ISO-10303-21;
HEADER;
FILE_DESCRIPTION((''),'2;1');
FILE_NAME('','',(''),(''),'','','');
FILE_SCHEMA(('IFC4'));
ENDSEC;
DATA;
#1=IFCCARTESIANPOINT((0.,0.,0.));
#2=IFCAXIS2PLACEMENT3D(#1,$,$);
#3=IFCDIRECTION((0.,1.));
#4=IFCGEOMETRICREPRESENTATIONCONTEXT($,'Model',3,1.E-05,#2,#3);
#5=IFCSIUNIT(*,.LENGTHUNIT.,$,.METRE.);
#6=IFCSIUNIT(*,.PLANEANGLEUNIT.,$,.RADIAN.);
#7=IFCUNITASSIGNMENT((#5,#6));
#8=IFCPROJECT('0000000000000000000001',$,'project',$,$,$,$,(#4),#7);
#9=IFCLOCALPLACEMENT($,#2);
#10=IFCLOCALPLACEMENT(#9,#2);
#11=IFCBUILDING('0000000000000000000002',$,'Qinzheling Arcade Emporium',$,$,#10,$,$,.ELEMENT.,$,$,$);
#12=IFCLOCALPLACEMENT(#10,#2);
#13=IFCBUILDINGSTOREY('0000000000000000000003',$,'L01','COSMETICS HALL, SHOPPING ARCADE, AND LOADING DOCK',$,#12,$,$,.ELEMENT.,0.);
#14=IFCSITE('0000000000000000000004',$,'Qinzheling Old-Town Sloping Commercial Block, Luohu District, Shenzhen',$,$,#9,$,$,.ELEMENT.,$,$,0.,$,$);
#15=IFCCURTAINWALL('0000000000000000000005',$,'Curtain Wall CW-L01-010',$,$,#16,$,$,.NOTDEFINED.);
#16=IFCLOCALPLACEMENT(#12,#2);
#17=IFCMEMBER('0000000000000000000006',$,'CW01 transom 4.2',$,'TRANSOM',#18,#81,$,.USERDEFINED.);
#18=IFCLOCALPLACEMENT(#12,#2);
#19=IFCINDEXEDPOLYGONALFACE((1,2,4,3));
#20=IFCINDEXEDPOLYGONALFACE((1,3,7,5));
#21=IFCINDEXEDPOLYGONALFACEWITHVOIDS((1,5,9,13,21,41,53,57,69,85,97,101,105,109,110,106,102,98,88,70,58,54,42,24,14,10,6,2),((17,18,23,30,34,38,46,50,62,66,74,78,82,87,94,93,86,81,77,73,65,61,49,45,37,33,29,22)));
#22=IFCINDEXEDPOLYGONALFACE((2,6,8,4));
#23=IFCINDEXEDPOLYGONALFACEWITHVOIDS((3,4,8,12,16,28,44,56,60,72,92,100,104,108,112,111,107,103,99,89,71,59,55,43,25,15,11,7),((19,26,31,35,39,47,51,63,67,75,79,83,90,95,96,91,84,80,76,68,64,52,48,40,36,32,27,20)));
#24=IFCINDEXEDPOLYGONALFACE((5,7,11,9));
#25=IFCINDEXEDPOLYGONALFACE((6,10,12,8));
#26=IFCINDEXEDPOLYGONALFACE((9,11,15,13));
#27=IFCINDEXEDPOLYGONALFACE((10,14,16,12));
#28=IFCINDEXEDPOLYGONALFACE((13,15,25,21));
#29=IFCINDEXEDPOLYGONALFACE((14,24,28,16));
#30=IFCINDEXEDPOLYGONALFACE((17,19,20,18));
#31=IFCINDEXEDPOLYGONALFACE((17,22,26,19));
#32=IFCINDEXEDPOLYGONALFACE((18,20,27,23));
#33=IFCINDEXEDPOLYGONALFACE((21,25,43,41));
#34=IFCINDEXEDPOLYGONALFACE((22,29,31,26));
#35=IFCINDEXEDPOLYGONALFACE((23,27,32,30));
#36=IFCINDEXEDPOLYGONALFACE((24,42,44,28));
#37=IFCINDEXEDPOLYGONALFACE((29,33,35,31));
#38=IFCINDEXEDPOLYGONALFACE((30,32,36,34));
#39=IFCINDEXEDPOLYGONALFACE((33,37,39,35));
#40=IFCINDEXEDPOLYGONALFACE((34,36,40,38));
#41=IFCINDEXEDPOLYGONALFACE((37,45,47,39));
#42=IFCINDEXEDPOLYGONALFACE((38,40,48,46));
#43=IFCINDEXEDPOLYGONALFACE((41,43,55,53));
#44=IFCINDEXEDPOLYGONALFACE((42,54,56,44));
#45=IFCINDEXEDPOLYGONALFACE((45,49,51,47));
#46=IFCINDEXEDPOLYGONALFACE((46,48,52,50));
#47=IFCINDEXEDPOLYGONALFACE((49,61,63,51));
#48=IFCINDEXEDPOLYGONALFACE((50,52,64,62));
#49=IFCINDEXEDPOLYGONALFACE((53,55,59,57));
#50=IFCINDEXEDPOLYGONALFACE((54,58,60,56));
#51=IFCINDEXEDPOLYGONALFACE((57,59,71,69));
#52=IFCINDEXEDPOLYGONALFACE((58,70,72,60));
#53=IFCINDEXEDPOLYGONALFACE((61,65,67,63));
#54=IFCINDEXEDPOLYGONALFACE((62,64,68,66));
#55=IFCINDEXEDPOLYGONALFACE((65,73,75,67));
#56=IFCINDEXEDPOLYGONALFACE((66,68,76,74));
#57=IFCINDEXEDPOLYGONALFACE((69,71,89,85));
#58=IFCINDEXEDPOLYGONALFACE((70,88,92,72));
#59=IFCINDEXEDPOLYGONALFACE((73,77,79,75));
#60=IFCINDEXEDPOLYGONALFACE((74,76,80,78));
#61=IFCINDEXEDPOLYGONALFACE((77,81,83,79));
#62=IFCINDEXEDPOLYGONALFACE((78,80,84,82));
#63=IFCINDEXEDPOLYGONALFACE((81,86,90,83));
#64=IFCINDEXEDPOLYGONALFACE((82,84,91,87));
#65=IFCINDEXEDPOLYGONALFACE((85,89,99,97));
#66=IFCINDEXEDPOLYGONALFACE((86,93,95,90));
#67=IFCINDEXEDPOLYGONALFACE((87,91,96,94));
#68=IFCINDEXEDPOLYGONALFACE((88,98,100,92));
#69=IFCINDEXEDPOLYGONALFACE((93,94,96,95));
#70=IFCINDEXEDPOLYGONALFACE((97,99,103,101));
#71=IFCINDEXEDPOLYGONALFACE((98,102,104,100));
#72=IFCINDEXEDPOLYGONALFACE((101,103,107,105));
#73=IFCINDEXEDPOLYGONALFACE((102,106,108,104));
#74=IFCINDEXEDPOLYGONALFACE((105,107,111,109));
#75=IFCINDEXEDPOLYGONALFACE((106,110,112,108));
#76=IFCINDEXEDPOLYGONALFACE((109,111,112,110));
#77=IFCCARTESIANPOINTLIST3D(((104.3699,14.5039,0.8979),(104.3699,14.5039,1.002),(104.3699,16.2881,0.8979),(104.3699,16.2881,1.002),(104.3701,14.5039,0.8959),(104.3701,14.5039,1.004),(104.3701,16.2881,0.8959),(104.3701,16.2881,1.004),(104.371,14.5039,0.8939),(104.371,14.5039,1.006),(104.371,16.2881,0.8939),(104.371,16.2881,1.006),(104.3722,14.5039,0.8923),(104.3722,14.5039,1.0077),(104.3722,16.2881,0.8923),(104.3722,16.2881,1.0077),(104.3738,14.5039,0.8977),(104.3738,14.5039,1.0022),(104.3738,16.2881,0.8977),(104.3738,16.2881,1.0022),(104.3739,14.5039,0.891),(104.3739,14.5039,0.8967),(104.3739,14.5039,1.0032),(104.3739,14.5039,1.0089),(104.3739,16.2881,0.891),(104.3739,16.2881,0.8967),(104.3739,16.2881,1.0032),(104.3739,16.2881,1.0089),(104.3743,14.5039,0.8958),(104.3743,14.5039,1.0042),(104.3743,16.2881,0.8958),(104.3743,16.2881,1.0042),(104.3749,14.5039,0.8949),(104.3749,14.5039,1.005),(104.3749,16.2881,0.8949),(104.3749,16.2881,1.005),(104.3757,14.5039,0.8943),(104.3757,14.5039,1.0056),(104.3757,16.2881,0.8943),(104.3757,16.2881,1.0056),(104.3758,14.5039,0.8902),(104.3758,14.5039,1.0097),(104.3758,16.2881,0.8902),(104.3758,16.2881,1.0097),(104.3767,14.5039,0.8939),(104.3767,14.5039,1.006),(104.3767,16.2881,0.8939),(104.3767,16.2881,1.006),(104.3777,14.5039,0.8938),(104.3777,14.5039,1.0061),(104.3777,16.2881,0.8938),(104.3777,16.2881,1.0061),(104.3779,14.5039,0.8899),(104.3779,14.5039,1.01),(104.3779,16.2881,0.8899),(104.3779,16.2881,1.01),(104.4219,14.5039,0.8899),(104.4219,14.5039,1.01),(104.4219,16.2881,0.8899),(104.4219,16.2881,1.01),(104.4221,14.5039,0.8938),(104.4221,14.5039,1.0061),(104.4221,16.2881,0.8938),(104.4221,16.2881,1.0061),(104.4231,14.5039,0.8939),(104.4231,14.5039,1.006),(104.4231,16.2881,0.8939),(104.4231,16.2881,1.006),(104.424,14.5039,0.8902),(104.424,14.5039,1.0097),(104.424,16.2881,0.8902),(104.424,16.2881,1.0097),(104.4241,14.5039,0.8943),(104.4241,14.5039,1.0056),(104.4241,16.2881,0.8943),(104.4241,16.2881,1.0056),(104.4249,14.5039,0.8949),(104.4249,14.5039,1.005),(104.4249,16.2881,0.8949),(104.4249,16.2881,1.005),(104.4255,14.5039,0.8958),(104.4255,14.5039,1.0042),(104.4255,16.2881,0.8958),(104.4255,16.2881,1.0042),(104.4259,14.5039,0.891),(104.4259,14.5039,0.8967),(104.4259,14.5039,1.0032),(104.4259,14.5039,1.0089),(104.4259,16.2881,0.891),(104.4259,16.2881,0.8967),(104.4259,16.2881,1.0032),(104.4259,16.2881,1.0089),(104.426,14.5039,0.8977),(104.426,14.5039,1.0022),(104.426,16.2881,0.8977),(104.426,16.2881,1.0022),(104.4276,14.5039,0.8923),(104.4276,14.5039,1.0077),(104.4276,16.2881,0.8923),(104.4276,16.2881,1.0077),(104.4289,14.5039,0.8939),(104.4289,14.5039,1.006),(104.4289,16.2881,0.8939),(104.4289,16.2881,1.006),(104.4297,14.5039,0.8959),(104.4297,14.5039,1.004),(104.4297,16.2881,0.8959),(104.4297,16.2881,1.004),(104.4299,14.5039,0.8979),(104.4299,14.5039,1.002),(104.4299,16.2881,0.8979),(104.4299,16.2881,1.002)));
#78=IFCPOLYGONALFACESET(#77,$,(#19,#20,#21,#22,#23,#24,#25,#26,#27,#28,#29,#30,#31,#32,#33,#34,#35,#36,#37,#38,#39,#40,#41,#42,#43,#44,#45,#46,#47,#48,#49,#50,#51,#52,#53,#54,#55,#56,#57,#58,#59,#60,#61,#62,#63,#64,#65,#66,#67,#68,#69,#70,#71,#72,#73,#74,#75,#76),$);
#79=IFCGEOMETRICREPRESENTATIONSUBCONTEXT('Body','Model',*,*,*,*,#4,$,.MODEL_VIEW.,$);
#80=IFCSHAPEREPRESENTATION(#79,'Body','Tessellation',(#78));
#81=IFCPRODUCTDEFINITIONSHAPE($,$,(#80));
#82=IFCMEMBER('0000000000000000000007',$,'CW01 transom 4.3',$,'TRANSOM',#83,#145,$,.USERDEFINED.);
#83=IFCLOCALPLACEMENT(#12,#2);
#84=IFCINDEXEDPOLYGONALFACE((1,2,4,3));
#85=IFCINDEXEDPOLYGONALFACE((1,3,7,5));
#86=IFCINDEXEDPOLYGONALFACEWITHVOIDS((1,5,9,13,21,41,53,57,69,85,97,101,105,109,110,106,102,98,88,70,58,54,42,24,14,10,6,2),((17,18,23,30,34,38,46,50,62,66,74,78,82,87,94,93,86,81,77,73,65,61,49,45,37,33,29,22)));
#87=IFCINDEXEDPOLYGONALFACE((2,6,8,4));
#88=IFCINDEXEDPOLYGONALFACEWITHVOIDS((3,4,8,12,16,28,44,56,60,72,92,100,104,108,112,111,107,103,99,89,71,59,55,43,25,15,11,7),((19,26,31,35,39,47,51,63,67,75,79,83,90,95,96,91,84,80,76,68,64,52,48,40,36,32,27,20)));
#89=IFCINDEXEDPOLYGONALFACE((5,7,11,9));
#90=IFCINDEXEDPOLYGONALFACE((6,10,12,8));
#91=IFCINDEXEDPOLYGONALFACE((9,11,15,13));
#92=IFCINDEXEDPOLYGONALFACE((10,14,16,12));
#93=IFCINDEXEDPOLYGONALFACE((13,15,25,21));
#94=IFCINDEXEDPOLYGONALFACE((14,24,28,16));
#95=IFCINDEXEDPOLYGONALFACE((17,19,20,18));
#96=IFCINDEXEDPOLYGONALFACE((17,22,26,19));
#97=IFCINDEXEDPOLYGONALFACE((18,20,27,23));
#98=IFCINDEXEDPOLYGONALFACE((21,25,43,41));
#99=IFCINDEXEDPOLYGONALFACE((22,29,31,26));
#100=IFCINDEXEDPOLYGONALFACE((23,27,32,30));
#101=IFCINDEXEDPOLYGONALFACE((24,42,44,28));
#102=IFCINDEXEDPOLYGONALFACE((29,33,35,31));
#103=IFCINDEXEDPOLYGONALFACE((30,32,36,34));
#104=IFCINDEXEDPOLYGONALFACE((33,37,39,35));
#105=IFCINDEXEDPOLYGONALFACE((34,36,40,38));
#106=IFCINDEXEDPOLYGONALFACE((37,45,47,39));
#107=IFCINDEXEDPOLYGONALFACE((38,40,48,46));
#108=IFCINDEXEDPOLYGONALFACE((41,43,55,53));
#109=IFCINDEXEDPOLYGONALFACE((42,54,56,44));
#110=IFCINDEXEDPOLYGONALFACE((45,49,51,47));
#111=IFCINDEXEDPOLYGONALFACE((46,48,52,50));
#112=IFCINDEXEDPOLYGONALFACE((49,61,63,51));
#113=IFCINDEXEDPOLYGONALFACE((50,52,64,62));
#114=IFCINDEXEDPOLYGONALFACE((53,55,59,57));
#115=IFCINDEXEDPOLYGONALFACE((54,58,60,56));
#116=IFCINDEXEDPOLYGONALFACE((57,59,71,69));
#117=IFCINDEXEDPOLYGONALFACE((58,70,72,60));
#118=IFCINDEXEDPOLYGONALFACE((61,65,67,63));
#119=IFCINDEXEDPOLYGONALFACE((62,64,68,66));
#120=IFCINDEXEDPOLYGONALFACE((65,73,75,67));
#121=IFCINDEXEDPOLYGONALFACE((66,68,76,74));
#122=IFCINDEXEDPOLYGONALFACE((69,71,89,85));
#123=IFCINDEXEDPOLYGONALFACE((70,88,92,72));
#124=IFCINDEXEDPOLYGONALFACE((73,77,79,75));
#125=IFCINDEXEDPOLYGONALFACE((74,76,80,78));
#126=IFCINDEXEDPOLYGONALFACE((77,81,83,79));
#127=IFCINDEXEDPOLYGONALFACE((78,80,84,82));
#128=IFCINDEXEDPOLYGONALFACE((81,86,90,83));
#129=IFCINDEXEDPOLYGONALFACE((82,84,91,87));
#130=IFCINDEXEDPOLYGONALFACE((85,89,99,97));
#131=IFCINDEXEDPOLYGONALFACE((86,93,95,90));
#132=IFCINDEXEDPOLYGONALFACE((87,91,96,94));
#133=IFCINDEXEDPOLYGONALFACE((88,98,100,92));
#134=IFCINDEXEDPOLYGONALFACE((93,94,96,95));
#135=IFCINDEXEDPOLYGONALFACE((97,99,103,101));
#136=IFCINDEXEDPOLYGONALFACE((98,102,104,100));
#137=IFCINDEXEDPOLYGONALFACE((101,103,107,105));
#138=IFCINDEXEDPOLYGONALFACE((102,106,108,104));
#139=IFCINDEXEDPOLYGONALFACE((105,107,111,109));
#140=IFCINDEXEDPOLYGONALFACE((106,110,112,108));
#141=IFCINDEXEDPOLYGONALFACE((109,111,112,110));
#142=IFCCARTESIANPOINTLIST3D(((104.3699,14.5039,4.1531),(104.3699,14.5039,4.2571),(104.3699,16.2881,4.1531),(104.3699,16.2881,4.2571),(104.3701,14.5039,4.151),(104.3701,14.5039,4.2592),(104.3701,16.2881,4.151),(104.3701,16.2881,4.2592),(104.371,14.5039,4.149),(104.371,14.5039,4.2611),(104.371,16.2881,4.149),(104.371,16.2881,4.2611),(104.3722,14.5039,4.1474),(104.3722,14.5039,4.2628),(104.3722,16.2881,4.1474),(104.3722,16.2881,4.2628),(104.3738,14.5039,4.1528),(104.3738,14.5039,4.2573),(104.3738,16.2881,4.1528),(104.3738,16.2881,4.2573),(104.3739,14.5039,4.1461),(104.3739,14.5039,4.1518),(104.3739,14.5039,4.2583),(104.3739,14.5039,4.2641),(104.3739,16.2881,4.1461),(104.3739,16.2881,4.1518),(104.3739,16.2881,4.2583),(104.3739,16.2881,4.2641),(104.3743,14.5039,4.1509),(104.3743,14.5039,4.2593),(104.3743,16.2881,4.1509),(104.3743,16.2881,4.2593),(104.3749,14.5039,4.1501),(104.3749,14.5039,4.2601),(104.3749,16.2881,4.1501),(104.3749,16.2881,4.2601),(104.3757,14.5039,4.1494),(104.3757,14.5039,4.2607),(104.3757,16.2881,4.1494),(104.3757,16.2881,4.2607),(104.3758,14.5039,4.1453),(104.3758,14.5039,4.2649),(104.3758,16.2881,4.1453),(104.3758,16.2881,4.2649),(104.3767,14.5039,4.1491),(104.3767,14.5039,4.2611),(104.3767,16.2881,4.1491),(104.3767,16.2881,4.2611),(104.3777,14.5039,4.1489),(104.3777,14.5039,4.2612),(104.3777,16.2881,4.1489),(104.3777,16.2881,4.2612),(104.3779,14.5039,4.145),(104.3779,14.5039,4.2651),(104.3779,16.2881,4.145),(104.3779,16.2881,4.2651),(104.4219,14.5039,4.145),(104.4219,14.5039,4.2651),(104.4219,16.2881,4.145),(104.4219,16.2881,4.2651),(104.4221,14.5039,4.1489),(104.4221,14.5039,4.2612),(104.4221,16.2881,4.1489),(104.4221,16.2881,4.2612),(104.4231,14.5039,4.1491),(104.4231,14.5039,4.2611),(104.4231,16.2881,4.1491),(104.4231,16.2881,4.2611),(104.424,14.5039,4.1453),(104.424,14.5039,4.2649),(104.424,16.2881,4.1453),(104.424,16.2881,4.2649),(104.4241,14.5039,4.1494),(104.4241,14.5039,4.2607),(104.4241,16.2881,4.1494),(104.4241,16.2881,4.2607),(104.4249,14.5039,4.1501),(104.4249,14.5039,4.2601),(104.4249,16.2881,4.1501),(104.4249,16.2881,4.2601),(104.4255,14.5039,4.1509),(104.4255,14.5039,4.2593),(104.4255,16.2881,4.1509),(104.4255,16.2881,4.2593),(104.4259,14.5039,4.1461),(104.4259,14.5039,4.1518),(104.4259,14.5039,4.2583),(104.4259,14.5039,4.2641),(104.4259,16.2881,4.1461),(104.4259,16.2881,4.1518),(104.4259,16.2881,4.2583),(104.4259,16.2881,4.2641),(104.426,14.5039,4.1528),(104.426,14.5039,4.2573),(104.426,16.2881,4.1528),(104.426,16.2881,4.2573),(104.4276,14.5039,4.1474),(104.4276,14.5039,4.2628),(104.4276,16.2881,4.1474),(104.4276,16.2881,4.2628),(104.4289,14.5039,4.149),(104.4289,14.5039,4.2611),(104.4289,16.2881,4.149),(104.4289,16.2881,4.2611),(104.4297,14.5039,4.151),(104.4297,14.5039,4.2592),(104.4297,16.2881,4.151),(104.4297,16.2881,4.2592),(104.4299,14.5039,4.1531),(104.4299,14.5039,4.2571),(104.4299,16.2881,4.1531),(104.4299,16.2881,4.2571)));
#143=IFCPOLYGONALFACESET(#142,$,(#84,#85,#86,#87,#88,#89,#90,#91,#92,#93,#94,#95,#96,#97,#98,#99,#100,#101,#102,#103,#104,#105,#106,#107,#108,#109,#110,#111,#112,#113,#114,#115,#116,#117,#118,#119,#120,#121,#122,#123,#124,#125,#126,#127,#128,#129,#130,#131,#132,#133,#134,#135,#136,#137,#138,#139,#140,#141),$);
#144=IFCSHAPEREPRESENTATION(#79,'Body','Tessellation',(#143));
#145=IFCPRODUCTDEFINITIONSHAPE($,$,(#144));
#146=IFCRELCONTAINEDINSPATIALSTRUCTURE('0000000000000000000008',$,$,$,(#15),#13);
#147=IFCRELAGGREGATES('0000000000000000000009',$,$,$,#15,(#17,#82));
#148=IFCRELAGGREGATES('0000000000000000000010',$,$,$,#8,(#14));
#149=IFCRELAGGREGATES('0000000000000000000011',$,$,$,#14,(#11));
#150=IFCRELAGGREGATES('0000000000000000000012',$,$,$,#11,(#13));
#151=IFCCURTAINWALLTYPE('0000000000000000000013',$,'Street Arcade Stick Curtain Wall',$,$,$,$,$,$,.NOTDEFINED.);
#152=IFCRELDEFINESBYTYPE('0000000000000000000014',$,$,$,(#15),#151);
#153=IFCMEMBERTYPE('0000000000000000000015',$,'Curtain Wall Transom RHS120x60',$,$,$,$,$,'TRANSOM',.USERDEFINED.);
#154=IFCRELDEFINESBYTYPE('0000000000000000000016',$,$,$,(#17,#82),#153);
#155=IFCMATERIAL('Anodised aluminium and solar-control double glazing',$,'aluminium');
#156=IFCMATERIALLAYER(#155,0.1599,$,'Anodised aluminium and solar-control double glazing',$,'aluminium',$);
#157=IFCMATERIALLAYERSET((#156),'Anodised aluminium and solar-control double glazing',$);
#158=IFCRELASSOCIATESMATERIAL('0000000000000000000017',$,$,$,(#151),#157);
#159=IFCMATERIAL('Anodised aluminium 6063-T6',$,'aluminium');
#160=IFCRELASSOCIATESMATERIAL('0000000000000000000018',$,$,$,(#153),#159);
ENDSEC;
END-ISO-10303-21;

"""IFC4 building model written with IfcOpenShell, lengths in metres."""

from ifc_helpers import new_model, si_unit, direction, frame, origin, origin_2d, place, context, subcontext, project, spatial, hollow_rectangle, extrude, material, layer, layer_set, material_profile, profile_set, type_object, element, aggregate, save


model = new_model("IFC4")

# Units and contexts
model_context = context("Model", 3, precision=1e-05, world=origin(), true_north=direction((0.0, 1.0)))
body_context = subcontext(model_context, "Body", "Model", "MODEL_VIEW")
ifc_project = project(units=[si_unit("LENGTHUNIT", "METRE"), si_unit("PLANEANGLEUNIT", "RADIAN")], contexts=[model_context])

# Site, building, storey
site_placement = place(None, origin())
site = spatial("IfcSite", under=ifc_project, at=site_placement, Name="Qinzheling Old-Town Sloping Commercial Block, Luohu District, Shenzhen", CompositionType="ELEMENT", RefElevation=0.0)
building_placement = place(site_placement, origin())
building = spatial("IfcBuilding", under=site, at=building_placement, Name="Qinzheling Arcade Emporium", CompositionType="ELEMENT")
storey_placement = place(building_placement, origin())
storey = spatial("IfcBuildingStorey", under=building, at=storey_placement, Name="L01", Description="COSMETICS HALL, SHOPPING ARCADE, AND LOADING DOCK", CompositionType="ELEMENT", Elevation=0.0)

# Curtain wall, members
ifc_material_1 = material(Name="Anodised aluminium and solar-control double glazing", Category="aluminium")
ifc_layer_1 = layer(ifc_material_1, 0.1599, Name="Anodised aluminium and solar-control double glazing", Category="aluminium")
ifc_layer_set_1 = layer_set([ifc_layer_1], Name="Anodised aluminium and solar-control double glazing")
curtain_wall_type = type_object("IfcCurtainWallType", Name="Street Arcade Stick Curtain Wall", PredefinedType="NOTDEFINED", material=ifc_layer_set_1)
curtain_wall_placement = place(storey_placement, origin())
curtain_wall = element("IfcCurtainWall", 1, at=curtain_wall_placement, inside=storey, type_object=curtain_wall_type, Name="Curtain Wall CW-L01-010", PredefinedType="NOTDEFINED")
ifc_material_2 = material(Name="Anodised aluminium 6063-T6", Category="aluminium")
ifc_material_profile_1 = material_profile(ifc_material_2, hollow_rectangle(XDim=0.0601, YDim=0.1201, WallThickness=0.0039, InnerFilletRadius=0.0039, OuterFilletRadius=0.0081, at=origin_2d()), Name="RHS 120x60x4", Category="aluminium")
ifc_profile_set_1 = profile_set([ifc_material_profile_1], Name="Anodised aluminium 6063-T6")
member_type_1 = type_object("IfcMemberType", Name="Curtain Wall Transom RHS120x60", ElementType="TRANSOM", PredefinedType="USERDEFINED", material=ifc_profile_set_1)
member_1_placement = place(storey_placement, frame((104.3999, 14.5039, 0.95), z_axis=(0.0, 1.0, 0.0), x_axis=(-1.0, 0.0, 0.0)))
member_1 = element("IfcMember", 2, at=member_1_placement, type_object=member_type_1, Name="CW01 transom 4.2", ObjectType="TRANSOM", PredefinedType="USERDEFINED", context=body_context, shape_type="SweptSolid", body=[
    extrude(hollow_rectangle(XDim=0.0601, YDim=0.1201, WallThickness=0.0039, InnerFilletRadius=0.0039, OuterFilletRadius=0.0081, at=origin_2d()), origin(), (0.0, 0.0, 1.0), 1.7842),
])
member_2_placement = place(storey_placement, frame((104.3999, 14.5039, 4.2051), z_axis=(0.0, 1.0, 0.0), x_axis=(-1.0, 0.0, 0.0)))
member_2 = element("IfcMember", 3, at=member_2_placement, type_object=member_type_1, Name="CW01 transom 4.3", ObjectType="TRANSOM", PredefinedType="USERDEFINED", context=body_context, shape_type="SweptSolid", body=[
    extrude(hollow_rectangle(XDim=0.0601, YDim=0.1201, WallThickness=0.0039, InnerFilletRadius=0.0039, OuterFilletRadius=0.0081, at=origin_2d()), origin(), (0.0, 0.0, 1.0), 1.7842),
])

aggregate(curtain_wall, [member_1, member_2])

save(model, "model.ifc")
